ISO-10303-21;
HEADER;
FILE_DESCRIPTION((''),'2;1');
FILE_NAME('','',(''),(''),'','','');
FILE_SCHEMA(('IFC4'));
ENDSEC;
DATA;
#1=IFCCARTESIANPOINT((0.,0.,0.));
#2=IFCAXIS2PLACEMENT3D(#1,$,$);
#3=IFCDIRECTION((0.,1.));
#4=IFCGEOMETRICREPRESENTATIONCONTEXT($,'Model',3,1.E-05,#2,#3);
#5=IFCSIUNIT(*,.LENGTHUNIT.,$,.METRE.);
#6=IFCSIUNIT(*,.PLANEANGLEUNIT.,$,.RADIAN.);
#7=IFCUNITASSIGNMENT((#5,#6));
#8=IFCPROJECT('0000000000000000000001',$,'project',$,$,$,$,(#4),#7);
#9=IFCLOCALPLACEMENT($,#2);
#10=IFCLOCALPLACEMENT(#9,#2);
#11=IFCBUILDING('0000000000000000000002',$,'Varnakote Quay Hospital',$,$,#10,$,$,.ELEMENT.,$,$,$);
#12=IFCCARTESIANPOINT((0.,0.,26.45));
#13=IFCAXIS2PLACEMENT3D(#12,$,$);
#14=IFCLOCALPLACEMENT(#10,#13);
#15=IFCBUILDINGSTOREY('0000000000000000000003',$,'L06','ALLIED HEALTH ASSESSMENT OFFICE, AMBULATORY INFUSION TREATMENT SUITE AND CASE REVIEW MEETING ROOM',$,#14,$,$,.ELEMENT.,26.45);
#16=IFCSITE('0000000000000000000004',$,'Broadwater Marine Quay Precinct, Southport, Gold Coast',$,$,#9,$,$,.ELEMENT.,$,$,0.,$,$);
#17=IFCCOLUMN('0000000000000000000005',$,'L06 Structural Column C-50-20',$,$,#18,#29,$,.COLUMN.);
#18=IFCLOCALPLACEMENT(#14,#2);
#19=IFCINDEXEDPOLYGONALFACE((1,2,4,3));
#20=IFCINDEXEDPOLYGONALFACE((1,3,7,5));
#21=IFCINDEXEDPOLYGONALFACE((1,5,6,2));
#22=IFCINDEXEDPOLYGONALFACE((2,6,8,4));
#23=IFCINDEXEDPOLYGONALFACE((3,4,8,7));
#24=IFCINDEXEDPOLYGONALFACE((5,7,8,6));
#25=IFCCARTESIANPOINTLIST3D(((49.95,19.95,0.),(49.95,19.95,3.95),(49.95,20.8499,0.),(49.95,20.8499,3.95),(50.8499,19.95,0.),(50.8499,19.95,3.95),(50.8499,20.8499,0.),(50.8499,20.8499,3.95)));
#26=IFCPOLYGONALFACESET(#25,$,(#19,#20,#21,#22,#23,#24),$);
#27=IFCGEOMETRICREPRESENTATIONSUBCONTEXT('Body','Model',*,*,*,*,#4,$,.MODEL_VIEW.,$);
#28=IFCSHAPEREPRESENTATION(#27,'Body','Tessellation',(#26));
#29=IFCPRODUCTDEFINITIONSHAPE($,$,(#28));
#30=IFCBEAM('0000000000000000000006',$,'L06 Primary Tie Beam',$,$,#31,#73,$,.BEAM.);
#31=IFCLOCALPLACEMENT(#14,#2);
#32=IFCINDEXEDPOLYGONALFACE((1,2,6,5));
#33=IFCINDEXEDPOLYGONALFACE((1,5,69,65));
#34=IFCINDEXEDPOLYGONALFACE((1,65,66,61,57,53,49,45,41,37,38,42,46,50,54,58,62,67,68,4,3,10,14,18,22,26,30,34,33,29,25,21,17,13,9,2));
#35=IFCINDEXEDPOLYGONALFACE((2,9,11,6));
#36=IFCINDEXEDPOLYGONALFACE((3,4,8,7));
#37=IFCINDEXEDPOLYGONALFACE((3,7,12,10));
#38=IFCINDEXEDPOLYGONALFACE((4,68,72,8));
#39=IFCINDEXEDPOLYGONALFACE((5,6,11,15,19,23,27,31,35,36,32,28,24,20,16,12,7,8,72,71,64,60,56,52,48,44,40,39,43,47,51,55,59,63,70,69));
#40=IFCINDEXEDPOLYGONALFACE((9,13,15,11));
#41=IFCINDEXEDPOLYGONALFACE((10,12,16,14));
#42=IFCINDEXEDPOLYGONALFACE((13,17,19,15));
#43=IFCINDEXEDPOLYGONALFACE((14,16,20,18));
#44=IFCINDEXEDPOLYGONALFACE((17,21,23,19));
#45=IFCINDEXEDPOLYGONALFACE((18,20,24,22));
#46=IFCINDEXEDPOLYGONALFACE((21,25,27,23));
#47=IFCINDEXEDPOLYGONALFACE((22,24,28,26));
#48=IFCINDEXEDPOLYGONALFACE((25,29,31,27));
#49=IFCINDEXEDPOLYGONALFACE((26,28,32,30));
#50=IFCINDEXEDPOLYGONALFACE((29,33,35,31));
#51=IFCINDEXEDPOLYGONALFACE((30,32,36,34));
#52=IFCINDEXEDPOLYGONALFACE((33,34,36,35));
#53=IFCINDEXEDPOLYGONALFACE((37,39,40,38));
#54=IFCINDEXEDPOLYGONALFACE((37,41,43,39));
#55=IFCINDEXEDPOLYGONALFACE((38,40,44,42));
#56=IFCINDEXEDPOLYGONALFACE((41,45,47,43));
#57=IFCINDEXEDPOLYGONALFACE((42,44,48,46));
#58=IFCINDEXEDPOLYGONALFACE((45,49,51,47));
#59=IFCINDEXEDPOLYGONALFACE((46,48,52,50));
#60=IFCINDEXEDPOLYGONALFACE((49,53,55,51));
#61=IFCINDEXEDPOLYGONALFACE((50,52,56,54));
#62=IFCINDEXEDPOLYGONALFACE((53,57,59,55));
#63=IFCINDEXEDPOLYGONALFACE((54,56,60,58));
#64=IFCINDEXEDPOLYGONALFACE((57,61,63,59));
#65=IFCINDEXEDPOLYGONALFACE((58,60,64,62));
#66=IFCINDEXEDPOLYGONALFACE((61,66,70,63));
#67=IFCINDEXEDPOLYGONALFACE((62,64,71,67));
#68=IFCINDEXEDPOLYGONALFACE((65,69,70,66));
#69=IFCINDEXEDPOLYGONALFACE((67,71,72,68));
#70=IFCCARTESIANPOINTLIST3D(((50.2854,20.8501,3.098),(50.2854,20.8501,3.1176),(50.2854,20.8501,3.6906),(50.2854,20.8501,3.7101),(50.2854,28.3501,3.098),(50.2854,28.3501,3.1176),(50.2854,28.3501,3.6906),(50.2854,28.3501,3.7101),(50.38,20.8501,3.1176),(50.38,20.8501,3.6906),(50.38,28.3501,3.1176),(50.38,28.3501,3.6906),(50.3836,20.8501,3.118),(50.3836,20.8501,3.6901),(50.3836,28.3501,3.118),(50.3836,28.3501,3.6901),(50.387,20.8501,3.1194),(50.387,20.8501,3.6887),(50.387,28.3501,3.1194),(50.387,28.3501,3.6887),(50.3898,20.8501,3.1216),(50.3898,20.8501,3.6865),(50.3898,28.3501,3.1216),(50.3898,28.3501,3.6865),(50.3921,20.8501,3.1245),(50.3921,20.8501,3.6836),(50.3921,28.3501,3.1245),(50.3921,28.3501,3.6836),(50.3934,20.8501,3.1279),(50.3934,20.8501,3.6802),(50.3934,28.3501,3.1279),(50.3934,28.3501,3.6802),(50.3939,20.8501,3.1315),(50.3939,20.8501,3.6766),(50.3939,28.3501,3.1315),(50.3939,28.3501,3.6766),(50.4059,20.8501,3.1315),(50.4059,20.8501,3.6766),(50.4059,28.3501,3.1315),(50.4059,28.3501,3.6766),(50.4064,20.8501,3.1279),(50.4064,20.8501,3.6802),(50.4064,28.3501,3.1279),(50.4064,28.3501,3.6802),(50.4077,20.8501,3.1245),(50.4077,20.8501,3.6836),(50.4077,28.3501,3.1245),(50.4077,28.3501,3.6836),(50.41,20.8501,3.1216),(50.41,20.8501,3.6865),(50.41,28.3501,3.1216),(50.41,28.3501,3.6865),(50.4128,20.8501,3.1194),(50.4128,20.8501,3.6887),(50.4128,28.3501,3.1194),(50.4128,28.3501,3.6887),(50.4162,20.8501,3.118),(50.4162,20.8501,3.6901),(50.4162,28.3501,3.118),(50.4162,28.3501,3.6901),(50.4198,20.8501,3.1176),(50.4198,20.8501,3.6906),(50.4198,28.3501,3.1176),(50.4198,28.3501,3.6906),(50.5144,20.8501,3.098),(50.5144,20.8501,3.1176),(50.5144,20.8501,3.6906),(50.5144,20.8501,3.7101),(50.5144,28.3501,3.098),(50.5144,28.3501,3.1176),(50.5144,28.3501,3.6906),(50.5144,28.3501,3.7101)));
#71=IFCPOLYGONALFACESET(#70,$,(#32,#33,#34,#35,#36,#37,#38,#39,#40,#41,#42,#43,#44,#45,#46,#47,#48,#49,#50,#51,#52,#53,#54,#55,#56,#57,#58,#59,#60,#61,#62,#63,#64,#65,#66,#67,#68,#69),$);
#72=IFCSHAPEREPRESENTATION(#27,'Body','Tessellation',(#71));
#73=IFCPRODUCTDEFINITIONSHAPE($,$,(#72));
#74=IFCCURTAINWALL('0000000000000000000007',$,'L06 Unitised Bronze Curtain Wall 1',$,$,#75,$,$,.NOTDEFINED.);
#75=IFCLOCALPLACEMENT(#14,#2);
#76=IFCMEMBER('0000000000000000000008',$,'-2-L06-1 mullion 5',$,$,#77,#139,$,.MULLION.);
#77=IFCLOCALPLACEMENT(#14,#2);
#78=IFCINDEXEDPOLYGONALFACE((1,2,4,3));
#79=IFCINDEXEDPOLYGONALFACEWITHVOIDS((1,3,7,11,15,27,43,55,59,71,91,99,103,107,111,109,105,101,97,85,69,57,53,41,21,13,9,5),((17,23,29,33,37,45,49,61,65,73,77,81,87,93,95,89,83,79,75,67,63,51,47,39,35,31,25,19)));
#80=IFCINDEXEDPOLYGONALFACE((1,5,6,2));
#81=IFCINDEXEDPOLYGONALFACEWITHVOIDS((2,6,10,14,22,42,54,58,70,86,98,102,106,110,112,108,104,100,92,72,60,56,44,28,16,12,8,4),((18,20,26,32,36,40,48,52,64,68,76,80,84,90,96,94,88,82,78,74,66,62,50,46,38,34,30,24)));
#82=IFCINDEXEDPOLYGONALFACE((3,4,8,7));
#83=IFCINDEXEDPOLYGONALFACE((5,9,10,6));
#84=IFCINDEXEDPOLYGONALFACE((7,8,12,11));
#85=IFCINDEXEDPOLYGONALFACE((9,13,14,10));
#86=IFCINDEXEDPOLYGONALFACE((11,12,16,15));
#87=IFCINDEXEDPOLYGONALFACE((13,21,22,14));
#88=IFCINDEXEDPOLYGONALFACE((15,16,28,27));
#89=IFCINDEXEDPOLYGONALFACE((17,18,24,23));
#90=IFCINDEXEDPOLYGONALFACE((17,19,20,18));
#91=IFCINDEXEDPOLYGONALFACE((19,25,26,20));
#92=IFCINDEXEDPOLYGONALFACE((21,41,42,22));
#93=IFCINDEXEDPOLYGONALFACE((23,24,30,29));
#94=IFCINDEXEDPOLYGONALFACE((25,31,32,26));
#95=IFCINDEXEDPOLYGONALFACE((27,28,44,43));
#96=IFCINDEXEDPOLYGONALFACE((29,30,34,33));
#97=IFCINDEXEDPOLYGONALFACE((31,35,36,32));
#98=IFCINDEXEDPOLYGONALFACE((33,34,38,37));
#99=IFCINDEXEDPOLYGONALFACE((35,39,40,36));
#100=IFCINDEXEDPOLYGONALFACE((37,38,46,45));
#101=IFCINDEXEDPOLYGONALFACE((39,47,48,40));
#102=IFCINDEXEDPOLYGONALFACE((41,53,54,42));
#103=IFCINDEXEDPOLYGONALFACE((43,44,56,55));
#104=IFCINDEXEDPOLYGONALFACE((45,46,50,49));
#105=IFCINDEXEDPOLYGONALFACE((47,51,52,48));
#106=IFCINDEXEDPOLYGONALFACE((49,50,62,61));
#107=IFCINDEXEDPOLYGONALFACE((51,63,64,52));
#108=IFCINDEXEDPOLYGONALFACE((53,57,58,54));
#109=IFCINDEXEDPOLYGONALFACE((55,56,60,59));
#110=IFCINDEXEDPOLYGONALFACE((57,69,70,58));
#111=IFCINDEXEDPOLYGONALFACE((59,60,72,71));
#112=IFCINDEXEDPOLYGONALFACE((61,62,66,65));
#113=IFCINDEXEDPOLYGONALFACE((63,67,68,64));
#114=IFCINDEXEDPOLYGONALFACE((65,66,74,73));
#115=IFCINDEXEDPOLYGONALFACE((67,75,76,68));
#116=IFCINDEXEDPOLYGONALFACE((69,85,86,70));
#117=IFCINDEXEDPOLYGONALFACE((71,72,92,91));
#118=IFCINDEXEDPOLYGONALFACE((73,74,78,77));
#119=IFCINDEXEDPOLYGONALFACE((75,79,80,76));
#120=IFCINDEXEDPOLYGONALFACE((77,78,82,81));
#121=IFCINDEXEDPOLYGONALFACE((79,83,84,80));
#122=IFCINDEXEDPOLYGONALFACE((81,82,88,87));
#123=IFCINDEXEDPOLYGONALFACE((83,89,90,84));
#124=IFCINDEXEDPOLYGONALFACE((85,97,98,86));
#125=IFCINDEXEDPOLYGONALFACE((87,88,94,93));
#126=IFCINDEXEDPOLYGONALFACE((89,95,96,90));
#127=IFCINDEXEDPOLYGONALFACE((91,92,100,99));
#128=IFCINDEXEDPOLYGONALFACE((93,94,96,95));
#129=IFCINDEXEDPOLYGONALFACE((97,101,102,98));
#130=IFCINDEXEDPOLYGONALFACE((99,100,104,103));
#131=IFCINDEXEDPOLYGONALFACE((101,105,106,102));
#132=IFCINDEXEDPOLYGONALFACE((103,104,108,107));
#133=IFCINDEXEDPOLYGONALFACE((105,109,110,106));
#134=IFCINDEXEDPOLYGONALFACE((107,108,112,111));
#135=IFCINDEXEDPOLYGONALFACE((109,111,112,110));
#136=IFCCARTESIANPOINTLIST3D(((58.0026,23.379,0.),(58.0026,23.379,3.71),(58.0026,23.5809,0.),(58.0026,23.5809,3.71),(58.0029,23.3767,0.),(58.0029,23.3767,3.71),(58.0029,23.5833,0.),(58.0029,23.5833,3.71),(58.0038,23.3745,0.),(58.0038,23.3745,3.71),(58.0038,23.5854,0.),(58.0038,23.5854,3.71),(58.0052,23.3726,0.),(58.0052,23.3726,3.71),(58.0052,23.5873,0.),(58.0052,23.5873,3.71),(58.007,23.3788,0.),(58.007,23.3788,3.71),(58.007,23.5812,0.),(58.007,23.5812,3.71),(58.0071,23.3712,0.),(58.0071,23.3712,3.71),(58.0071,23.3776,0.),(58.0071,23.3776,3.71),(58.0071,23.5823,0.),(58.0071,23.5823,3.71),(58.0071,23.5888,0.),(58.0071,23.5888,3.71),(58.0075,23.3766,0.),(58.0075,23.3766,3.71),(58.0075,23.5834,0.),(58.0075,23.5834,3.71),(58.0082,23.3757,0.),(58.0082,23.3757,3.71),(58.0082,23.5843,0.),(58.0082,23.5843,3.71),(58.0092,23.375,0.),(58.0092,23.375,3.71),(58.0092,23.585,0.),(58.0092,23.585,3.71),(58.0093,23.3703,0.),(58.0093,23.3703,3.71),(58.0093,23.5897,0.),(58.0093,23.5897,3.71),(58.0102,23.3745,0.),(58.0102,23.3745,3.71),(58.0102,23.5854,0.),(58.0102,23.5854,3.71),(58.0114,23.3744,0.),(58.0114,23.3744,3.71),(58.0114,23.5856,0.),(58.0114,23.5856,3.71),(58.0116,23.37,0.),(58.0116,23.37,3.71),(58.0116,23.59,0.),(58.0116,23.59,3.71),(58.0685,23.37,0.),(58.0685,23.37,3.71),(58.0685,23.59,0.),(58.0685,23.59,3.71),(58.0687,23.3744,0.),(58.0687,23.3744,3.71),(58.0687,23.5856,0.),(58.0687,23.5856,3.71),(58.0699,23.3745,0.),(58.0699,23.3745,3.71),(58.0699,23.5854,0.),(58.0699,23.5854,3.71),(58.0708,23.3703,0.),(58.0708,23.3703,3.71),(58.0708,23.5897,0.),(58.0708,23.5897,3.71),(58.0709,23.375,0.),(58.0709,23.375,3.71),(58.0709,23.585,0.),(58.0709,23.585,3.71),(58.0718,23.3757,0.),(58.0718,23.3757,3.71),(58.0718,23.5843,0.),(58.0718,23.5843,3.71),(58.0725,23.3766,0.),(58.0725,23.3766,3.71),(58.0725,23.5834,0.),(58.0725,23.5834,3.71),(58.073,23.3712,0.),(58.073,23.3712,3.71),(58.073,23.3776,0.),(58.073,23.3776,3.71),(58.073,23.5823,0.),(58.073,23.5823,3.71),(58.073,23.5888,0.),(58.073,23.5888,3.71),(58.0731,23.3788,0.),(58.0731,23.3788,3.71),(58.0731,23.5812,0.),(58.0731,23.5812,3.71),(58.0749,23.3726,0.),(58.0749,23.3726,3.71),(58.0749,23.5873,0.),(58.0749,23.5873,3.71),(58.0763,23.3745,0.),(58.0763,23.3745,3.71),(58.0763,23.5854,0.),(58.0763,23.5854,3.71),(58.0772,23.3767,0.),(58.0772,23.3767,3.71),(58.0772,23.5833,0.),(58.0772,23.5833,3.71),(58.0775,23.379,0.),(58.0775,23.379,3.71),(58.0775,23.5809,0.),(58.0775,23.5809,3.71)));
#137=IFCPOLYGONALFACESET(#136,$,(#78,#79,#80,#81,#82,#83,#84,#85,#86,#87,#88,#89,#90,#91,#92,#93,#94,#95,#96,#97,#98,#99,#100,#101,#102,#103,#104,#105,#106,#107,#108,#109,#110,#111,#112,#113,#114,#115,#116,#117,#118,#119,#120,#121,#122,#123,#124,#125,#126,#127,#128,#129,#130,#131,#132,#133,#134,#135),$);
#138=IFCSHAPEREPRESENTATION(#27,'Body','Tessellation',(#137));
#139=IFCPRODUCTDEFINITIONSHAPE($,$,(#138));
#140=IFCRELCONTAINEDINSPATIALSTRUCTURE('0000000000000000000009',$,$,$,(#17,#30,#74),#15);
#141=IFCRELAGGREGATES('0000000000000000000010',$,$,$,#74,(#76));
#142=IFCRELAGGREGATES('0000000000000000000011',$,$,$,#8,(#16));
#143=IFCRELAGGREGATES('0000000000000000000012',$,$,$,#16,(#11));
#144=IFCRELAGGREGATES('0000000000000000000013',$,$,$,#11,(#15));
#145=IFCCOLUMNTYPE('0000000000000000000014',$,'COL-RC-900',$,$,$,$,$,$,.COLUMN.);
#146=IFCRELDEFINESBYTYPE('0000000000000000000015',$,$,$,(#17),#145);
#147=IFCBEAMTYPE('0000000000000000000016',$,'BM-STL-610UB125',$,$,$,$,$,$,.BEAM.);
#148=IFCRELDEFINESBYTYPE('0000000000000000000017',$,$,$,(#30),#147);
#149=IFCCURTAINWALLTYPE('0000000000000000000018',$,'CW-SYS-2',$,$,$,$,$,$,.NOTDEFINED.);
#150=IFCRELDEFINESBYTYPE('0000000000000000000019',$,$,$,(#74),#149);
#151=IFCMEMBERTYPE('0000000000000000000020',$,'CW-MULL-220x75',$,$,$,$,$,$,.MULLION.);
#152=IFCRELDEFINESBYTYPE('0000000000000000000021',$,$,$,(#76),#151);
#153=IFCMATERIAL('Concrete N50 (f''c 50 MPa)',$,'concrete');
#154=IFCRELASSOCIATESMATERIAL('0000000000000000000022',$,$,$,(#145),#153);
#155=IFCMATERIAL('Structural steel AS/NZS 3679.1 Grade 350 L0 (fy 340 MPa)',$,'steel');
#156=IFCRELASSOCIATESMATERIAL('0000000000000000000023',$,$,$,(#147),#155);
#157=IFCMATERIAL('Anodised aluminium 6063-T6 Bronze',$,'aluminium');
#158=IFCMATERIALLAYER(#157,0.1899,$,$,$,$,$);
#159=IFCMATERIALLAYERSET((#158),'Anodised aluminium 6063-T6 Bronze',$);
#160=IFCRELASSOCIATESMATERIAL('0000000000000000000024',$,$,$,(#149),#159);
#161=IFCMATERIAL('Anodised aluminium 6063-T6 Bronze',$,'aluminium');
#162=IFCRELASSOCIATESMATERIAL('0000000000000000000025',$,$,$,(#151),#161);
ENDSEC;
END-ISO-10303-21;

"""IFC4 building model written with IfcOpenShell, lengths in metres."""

from ifc_helpers import new_model, si_unit, direction, frame, origin, origin_2d, place, context, subcontext, project, spatial, rectangle, hollow_rectangle, i_section, extrude, material, layer, layer_set, material_profile, profile_set, type_object, element, aggregate, save


model = new_model("IFC4")

# Units and contexts
model_context = context("Model", 3, precision=1e-05, world=origin(), true_north=direction((0.0, 1.0)))
body_context = subcontext(model_context, "Body", "Model", "MODEL_VIEW")
ifc_project = project(units=[si_unit("LENGTHUNIT", "METRE"), si_unit("PLANEANGLEUNIT", "RADIAN")], contexts=[model_context])

# Site, building, storey
site_placement = place(None, origin())
site = spatial("IfcSite", under=ifc_project, at=site_placement, Name="Broadwater Marine Quay Precinct, Southport, Gold Coast", CompositionType="ELEMENT", RefElevation=0.0)
building_placement = place(site_placement, origin())
building = spatial("IfcBuilding", under=site, at=building_placement, Name="Varnakote Quay Hospital", CompositionType="ELEMENT")
storey_placement = place(building_placement, frame((0.0, 0.0, 26.45)))
storey = spatial("IfcBuildingStorey", under=building, at=storey_placement, Name="L06", Description="ALLIED HEALTH ASSESSMENT OFFICE, AMBULATORY INFUSION TREATMENT SUITE AND CASE REVIEW MEETING ROOM", CompositionType="ELEMENT", Elevation=26.45)

# Column
ifc_material_1 = material(Name="Concrete N50 (f'c 50 MPa)", Category="concrete")
ifc_material_profile_1 = material_profile(ifc_material_1, rectangle(XDim=0.8999, YDim=0.8999, at=origin_2d()), Name="RC-COL-900x900")
ifc_profile_set_1 = profile_set([ifc_material_profile_1], Name="Concrete N50 (f'c 50 MPa)")
column_type = type_object("IfcColumnType", Name="COL-RC-900", PredefinedType="COLUMN", material=ifc_profile_set_1)
column_placement = place(storey_placement, frame((50.3999, 20.3999, 0.0), z_axis=(0.0, 0.0, 1.0), x_axis=(1.0, 0.0, 0.0)))
element("IfcColumn", 1, at=column_placement, inside=storey, type_object=column_type, Name="L06 Structural Column C-50-20", PredefinedType="COLUMN", context=body_context, shape_type="SweptSolid", body=[
    extrude(rectangle(XDim=0.8999, YDim=0.8999, at=origin_2d()), origin(), (0.0, 0.0, 1.0), 3.95),
])

# Beam
ifc_material_2 = material(Name="Structural steel AS/NZS 3679.1 Grade 350 L0 (fy 340 MPa)", Category="steel")
ifc_material_profile_2 = material_profile(ifc_material_2, i_section(OverallWidth=0.229, OverallDepth=0.6121, WebThickness=0.012, FlangeThickness=0.0195, FilletRadius=0.0139, at=origin_2d()), Name="610UB125")
ifc_profile_set_2 = profile_set([ifc_material_profile_2], Name="Structural steel AS/NZS 3679.1 Grade 350 L0 (fy 340 MPa)")
beam_type = type_object("IfcBeamType", Name="BM-STL-610UB125", PredefinedType="BEAM", material=ifc_profile_set_2)
beam_placement = place(storey_placement, frame((50.3999, 20.8501, 3.4041), z_axis=(0.0, 1.0, 0.0), x_axis=(-1.0, 0.0, 0.0)))
element("IfcBeam", 2, at=beam_placement, inside=storey, type_object=beam_type, Name="L06 Primary Tie Beam", PredefinedType="BEAM", context=body_context, shape_type="SweptSolid", body=[
    extrude(i_section(OverallWidth=0.229, OverallDepth=0.6121, WebThickness=0.012, FlangeThickness=0.0195, FilletRadius=0.0139, at=origin_2d()), origin(), (0.0, 0.0, 1.0), 7.5),
])

# Curtain wall, member
ifc_material_3 = material(Name="Anodised aluminium 6063-T6 Bronze", Category="aluminium")
ifc_layer_1 = layer(ifc_material_3, 0.1899)
ifc_layer_set_1 = layer_set([ifc_layer_1], Name="Anodised aluminium 6063-T6 Bronze")
curtain_wall_type = type_object("IfcCurtainWallType", Name="CW-SYS-2", PredefinedType="NOTDEFINED", material=ifc_layer_set_1)
curtain_wall_placement = place(storey_placement, origin())
curtain_wall = element("IfcCurtainWall", 3, at=curtain_wall_placement, inside=storey, type_object=curtain_wall_type, Name="L06 Unitised Bronze Curtain Wall 1", PredefinedType="NOTDEFINED")
ifc_material_4 = material(Name="Anodised aluminium 6063-T6 Bronze", Category="aluminium")
ifc_material_profile_3 = material_profile(ifc_material_4, hollow_rectangle(XDim=0.075, YDim=0.22, WallThickness=0.0044, InnerFilletRadius=0.0044, OuterFilletRadius=0.009, at=origin_2d()), Name="CW-MULL-220x75")
ifc_profile_set_3 = profile_set([ifc_material_profile_3], Name="Anodised aluminium 6063-T6 Bronze")
member_type_1 = type_object("IfcMemberType", Name="CW-MULL-220x75", PredefinedType="MULLION", material=ifc_profile_set_3)
member_1_placement = place(storey_placement, frame((58.04, 23.48, 0.0), z_axis=(0.0, 0.0, 1.0), x_axis=(-1.0, 0.0, 0.0)))
member_1 = element("IfcMember", 4, at=member_1_placement, type_object=member_type_1, Name="-2-L06-1 mullion 5", PredefinedType="MULLION", context=body_context, shape_type="SweptSolid", body=[
    extrude(hollow_rectangle(XDim=0.075, YDim=0.22, WallThickness=0.0044, InnerFilletRadius=0.0044, OuterFilletRadius=0.009, at=origin_2d()), origin(), (0.0, 0.0, 1.0), 3.71),
])
aggregate(curtain_wall, [member_1])

save(model, "model.ifc")
